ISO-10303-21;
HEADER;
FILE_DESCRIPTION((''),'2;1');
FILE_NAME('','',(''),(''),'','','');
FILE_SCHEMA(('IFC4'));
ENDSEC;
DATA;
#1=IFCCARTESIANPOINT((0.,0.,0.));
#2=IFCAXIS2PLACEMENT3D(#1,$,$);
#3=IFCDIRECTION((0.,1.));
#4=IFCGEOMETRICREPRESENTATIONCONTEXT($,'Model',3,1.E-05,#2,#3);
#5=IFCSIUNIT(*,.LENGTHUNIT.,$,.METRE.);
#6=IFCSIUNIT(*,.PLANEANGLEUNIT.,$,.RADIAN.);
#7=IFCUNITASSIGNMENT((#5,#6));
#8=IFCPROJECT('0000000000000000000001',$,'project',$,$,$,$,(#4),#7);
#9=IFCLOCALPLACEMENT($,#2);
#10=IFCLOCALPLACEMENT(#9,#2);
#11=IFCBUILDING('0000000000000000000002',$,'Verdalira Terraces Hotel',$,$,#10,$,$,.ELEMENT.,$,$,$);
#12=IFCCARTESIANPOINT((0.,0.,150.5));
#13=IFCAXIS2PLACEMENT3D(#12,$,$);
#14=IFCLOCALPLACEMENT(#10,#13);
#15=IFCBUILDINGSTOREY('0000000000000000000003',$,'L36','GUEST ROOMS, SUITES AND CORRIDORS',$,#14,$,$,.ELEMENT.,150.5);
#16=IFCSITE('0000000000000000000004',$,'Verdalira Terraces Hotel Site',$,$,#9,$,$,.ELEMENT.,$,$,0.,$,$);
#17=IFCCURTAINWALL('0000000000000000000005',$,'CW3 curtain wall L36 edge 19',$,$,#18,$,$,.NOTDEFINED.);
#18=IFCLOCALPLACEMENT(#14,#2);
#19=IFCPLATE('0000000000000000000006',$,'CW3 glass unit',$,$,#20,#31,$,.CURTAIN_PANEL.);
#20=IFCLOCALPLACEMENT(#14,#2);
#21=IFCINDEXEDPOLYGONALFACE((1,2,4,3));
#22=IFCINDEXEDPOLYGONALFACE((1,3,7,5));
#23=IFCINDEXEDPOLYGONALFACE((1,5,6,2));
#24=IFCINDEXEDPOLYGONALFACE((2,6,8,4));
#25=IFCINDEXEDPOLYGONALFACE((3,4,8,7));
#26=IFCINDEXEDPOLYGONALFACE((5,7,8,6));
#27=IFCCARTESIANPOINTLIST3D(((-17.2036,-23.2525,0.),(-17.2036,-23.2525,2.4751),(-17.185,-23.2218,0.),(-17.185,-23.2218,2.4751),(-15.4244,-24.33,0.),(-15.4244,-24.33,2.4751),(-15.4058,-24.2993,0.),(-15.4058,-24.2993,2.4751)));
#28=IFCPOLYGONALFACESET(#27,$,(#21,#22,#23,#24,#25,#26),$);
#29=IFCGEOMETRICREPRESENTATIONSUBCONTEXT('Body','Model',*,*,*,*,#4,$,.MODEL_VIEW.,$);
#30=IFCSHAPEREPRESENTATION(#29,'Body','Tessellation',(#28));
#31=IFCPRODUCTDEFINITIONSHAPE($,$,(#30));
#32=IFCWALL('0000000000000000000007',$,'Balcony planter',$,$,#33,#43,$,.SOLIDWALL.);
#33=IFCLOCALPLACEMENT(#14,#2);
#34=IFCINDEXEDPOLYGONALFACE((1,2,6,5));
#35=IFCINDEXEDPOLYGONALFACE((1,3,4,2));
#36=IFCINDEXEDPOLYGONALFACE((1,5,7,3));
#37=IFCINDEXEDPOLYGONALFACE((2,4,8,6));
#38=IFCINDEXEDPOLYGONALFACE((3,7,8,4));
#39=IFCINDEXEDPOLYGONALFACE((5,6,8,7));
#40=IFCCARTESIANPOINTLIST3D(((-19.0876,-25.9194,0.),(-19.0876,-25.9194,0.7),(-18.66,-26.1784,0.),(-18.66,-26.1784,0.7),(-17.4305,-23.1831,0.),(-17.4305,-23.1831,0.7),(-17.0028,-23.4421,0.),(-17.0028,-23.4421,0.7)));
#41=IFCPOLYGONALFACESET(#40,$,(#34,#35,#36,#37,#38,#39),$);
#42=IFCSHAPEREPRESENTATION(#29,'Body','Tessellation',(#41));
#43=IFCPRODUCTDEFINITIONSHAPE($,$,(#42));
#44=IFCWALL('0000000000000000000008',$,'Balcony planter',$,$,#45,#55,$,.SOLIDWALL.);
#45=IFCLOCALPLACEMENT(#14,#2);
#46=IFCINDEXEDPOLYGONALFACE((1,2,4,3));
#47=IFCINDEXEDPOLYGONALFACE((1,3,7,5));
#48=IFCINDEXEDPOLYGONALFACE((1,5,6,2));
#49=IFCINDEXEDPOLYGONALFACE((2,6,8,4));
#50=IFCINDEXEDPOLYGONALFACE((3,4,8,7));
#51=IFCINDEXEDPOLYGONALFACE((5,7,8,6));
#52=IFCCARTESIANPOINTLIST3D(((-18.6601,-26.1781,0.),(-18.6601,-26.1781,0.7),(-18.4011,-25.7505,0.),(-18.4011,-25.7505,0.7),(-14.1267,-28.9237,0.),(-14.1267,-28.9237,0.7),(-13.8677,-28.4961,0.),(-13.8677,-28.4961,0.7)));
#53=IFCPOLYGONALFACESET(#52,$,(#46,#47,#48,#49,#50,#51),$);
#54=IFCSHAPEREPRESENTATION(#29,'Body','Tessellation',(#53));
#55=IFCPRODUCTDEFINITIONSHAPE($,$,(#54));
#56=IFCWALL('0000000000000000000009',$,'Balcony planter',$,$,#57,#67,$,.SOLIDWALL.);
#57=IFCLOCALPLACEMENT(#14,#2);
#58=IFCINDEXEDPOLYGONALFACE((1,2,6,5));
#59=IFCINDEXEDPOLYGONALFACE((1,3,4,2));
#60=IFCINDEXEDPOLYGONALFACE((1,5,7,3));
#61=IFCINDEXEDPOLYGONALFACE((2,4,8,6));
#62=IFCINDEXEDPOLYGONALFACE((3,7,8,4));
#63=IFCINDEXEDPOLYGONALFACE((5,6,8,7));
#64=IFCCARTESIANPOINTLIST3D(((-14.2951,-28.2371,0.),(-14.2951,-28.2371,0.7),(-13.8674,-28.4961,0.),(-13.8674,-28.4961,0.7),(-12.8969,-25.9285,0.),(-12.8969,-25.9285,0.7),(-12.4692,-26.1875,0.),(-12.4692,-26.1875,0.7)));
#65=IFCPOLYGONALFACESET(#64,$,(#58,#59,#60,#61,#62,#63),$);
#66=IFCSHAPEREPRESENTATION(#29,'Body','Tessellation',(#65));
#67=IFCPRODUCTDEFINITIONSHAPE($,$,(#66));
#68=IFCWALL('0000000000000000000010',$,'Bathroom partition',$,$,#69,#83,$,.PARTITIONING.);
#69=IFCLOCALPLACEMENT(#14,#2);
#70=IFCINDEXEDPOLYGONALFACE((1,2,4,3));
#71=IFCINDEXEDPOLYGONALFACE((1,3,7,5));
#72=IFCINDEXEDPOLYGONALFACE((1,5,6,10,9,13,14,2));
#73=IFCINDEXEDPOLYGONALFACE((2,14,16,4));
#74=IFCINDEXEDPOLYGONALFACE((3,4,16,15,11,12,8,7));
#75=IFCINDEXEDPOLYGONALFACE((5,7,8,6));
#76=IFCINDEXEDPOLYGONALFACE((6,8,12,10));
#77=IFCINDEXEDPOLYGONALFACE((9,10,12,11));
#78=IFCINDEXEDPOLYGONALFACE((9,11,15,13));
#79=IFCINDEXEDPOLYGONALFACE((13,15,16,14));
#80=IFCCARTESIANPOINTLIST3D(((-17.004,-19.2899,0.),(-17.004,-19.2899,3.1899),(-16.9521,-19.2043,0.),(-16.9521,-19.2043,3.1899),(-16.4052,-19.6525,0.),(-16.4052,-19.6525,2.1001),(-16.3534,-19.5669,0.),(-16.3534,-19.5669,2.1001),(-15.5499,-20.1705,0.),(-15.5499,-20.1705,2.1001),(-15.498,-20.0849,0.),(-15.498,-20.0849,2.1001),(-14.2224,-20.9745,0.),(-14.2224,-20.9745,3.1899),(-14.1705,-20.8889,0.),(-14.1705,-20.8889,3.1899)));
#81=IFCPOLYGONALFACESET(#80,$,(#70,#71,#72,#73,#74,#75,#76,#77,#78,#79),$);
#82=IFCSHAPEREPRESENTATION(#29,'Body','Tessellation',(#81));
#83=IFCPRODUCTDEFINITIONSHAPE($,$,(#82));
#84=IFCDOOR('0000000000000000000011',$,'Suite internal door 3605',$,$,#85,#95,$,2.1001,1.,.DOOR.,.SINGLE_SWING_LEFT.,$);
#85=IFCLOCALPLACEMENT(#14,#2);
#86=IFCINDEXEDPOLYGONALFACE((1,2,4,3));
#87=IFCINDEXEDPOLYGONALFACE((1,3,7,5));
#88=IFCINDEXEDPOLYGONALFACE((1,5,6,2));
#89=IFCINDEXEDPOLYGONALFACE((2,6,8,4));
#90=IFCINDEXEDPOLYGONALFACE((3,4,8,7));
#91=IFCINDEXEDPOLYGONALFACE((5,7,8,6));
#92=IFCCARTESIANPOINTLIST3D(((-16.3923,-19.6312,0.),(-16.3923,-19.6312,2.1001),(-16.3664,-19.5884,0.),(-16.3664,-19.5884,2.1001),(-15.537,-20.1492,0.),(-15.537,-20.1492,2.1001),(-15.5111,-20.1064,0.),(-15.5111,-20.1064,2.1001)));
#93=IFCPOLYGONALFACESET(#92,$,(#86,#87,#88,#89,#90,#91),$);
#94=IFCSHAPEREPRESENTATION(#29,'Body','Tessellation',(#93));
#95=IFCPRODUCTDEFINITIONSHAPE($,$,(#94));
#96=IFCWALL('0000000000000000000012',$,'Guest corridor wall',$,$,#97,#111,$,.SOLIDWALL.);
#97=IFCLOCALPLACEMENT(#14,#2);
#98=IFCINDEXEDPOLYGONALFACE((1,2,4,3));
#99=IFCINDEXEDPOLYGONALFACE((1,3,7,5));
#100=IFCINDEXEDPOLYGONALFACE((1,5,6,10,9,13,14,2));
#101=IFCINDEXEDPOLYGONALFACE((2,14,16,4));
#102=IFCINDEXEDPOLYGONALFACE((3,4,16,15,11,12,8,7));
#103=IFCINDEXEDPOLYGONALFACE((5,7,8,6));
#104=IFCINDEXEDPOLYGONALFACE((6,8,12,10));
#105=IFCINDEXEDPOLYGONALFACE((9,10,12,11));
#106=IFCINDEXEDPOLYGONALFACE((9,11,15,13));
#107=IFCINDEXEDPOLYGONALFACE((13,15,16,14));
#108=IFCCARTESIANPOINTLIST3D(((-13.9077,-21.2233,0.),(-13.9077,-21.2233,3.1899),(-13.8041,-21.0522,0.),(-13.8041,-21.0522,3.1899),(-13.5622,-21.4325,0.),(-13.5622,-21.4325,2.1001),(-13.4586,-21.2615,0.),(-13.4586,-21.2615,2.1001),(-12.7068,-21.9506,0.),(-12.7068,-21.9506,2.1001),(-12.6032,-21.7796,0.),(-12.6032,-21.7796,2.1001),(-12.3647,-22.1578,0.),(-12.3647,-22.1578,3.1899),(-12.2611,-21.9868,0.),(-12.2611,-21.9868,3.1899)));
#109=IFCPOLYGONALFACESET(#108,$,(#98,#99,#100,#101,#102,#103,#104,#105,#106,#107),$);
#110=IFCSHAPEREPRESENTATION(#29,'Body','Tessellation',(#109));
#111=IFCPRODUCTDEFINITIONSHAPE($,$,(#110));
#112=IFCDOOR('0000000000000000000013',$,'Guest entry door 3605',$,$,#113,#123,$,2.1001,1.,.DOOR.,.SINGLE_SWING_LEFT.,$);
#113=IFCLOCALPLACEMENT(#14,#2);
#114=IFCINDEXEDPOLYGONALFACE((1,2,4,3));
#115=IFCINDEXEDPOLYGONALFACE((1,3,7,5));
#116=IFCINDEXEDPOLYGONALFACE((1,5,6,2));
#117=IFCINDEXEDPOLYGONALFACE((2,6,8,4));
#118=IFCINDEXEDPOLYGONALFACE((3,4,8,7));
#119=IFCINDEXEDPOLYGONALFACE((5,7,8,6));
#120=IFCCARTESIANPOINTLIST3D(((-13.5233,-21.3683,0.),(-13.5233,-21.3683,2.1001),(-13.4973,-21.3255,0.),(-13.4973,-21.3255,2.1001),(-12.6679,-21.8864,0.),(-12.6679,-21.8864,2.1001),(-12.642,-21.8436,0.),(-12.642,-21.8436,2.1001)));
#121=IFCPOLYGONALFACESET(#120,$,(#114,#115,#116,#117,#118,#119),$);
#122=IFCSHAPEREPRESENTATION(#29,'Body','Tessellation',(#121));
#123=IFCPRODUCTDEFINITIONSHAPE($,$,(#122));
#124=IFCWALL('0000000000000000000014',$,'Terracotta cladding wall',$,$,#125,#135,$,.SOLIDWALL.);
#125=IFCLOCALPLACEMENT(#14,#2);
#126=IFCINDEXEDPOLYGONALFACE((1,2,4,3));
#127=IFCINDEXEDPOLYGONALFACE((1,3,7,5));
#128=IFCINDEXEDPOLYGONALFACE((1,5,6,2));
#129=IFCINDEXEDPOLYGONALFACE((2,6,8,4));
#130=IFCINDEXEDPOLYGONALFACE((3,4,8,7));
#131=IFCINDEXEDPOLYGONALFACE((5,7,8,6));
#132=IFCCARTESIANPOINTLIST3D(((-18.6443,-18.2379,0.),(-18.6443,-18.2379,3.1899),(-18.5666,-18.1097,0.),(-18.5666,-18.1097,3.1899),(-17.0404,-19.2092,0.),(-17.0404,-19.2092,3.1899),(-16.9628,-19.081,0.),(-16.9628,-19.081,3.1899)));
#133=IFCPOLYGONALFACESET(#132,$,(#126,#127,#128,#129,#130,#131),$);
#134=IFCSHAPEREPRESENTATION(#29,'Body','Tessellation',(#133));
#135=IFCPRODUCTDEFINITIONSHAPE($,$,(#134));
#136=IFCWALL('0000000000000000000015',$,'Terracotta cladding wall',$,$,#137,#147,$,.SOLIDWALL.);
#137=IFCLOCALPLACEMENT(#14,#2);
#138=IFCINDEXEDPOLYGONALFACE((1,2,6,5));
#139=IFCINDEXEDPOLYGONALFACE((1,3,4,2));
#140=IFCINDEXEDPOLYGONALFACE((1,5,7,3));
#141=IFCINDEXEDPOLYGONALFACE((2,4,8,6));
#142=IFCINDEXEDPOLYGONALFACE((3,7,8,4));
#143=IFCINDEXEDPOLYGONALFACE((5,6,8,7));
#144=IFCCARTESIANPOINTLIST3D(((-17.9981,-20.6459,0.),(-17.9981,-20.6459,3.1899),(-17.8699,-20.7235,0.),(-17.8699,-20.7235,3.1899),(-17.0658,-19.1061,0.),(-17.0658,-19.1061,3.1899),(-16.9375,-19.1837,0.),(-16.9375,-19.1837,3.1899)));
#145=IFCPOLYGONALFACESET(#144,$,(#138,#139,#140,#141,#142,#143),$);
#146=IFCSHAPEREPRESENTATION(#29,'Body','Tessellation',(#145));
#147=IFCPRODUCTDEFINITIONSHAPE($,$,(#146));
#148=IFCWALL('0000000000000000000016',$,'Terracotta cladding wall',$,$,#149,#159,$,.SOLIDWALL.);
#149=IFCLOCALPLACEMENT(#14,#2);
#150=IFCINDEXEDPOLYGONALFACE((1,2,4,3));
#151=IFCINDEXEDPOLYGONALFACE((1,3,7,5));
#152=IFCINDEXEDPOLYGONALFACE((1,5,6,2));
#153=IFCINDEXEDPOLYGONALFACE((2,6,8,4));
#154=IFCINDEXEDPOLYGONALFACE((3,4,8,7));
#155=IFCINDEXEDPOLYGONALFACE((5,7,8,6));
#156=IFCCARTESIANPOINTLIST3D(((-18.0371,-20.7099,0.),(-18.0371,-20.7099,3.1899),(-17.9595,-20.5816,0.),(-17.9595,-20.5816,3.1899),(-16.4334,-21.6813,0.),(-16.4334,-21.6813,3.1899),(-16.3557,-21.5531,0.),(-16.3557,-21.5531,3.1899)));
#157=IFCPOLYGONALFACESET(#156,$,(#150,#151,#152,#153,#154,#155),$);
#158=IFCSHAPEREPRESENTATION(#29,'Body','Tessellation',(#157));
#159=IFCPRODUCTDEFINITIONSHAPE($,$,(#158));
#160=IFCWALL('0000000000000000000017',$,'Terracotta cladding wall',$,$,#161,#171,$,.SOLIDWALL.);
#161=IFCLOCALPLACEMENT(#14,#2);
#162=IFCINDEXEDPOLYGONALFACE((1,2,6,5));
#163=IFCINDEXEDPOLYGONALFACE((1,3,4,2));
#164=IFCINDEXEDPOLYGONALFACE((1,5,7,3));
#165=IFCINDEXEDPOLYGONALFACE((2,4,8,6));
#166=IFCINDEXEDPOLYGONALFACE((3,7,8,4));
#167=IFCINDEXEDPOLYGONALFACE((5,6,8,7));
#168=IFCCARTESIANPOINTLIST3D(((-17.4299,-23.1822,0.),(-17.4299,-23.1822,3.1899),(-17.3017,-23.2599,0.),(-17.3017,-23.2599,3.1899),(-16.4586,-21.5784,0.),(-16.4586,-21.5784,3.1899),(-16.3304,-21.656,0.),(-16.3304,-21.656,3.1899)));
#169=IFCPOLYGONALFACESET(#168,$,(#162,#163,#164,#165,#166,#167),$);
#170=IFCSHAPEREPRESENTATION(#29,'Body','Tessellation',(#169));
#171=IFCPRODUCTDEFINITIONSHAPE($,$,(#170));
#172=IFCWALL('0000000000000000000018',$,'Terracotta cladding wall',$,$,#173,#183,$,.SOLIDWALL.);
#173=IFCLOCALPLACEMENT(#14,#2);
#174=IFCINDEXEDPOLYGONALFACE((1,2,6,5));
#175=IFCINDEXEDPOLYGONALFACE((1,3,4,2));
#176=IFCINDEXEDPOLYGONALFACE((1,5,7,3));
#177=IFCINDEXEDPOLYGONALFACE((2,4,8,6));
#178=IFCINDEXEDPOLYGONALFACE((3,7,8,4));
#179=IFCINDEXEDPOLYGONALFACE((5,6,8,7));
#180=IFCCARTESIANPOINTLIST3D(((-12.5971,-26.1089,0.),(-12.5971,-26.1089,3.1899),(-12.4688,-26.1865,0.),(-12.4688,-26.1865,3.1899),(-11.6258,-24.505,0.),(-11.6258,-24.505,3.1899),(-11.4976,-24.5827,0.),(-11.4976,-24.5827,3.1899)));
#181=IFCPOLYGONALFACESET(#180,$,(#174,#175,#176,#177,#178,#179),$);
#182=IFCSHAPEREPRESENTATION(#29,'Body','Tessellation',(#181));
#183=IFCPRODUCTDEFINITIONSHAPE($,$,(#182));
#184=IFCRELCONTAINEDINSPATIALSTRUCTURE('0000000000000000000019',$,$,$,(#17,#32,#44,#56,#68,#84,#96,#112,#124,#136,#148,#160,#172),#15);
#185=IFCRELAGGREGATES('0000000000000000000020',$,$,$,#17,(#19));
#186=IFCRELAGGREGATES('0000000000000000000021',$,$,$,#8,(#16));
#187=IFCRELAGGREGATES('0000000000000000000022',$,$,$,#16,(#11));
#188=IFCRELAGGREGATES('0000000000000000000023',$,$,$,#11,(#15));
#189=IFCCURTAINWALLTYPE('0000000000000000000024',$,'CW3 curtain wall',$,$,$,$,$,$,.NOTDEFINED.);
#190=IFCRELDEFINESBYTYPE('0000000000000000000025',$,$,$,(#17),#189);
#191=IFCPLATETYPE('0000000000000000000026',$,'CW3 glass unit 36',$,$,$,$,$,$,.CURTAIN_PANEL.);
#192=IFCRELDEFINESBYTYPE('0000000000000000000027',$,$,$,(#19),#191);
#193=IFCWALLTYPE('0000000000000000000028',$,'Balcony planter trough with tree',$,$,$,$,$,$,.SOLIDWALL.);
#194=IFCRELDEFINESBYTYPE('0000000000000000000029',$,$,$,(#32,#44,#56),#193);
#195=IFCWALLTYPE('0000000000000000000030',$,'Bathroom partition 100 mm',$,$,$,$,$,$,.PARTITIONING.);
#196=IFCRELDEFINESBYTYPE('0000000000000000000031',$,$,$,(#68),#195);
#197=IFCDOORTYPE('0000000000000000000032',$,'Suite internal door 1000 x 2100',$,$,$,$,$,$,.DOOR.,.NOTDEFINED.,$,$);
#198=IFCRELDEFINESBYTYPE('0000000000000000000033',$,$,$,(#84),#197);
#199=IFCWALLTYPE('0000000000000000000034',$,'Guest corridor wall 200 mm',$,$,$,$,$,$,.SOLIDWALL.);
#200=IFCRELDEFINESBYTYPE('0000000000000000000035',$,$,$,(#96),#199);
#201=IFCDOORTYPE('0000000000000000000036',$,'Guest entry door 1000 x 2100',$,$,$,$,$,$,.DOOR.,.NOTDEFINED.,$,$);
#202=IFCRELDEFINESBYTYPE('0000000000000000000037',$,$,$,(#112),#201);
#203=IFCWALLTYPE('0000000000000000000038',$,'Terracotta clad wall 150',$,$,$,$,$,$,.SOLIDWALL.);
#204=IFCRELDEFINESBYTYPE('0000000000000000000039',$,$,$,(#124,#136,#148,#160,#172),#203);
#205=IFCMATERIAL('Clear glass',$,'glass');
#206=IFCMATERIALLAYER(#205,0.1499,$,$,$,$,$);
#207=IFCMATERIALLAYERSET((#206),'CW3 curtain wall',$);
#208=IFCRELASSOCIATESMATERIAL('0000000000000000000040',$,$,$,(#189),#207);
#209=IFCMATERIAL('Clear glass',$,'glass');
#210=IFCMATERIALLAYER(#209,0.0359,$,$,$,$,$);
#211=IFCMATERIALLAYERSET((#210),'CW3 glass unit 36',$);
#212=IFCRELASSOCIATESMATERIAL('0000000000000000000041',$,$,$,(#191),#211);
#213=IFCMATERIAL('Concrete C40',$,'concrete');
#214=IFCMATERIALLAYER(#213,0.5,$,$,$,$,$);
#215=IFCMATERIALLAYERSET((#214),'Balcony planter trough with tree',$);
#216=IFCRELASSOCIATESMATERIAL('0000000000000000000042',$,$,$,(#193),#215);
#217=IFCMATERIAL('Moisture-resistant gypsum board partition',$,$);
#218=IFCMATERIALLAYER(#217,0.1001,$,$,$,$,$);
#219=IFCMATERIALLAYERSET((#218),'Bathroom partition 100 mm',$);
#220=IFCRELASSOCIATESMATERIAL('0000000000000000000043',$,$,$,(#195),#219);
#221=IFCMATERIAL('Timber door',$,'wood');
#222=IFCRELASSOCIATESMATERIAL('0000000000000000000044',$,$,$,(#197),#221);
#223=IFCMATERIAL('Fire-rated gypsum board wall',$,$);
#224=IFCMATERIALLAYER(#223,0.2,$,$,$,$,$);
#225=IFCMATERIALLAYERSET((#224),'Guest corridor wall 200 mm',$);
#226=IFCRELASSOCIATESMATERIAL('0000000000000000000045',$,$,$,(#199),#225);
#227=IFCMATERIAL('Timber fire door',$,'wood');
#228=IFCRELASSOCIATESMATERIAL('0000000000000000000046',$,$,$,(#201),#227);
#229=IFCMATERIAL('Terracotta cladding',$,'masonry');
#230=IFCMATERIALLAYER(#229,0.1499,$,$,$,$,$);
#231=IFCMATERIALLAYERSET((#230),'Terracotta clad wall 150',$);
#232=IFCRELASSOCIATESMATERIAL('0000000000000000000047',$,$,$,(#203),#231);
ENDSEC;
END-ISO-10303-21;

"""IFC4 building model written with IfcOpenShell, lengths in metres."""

from ifc_helpers import new_model, si_unit, direction, frame, frame_2d, origin, origin_2d, place, context, subcontext, project, spatial, rectangle, extrude, material, layer, layer_set, type_object, element, fill, aggregate, save


model = new_model("IFC4")

# Units and contexts
model_context = context("Model", 3, precision=1e-05, world=origin(), true_north=direction((0.0, 1.0)))
body_context = subcontext(model_context, "Body", "Model", "MODEL_VIEW")
ifc_project = project(units=[si_unit("LENGTHUNIT", "METRE"), si_unit("PLANEANGLEUNIT", "RADIAN")], contexts=[model_context])

# Site, building, storey
site_placement = place(None, origin())
site = spatial("IfcSite", under=ifc_project, at=site_placement, Name="Verdalira Terraces Hotel Site", CompositionType="ELEMENT", RefElevation=0.0)
building_placement = place(site_placement, origin())
building = spatial("IfcBuilding", under=site, at=building_placement, Name="Verdalira Terraces Hotel", CompositionType="ELEMENT")
storey_placement = place(building_placement, frame((0.0, 0.0, 150.5)))
storey = spatial("IfcBuildingStorey", under=building, at=storey_placement, Name="L36", Description="GUEST ROOMS, SUITES AND CORRIDORS", CompositionType="ELEMENT", Elevation=150.5)

# Curtain wall
ifc_material_1 = material(Name="Clear glass", Category="glass")
ifc_layer_1 = layer(ifc_material_1, 0.1499)
ifc_layer_set_1 = layer_set([ifc_layer_1], Name="CW3 curtain wall")
curtain_wall_type_1 = type_object("IfcCurtainWallType", Name="CW3 curtain wall", PredefinedType="NOTDEFINED", material=ifc_layer_set_1)
curtain_wall_1_placement = place(storey_placement, origin())
curtain_wall_1 = element("IfcCurtainWall", 1, at=curtain_wall_1_placement, inside=storey, type_object=curtain_wall_type_1, Name="CW3 curtain wall L36 edge 19", PredefinedType="NOTDEFINED")

# Plate
ifc_material_2 = material(Name="Clear glass", Category="glass")
ifc_layer_2 = layer(ifc_material_2, 0.0359)
ifc_layer_set_2 = layer_set([ifc_layer_2], Name="CW3 glass unit 36")
plate_type = type_object("IfcPlateType", Name="CW3 glass unit 36", PredefinedType="CURTAIN_PANEL", material=ifc_layer_set_2)
plate_placement = place(storey_placement, frame((-16.3047, -23.7759, 0.0), z_axis=(0.0, 0.0, 1.0), x_axis=(0.855364, -0.518027, 0.0)))
plate = element("IfcPlate", 2, at=plate_placement, type_object=plate_type, Name="CW3 glass unit", PredefinedType="CURTAIN_PANEL", context=body_context, shape_type="SweptSolid", body=[
    extrude(rectangle(XDim=2.0801, YDim=0.0359, at=origin_2d()), origin(), (0.0, 0.0, 1.0), 2.4751),
])
aggregate(curtain_wall_1, [plate])

# Walls
ifc_material_3 = material(Name="Concrete C40", Category="concrete")
ifc_layer_3 = layer(ifc_material_3, 0.5)
ifc_layer_set_3 = layer_set([ifc_layer_3], Name="Balcony planter trough with tree")
wall_type_1 = type_object("IfcWallType", Name="Balcony planter trough with tree", PredefinedType="SOLIDWALL", material=ifc_layer_set_3)
wall_1_placement = place(storey_placement, frame((-17.2166, -23.3125, 0.0), z_axis=(0.0, 0.0, 1.0), x_axis=(-0.518038, -0.855358, 0.0)))
element("IfcWall", 3, at=wall_1_placement, inside=storey, type_object=wall_type_1, Name="Balcony planter", PredefinedType="SOLIDWALL", context=body_context, shape_type="SweptSolid", body=[
    extrude(rectangle(XDim=3.199, YDim=0.5, at=frame_2d((1.5996, 0.0))), origin(), (0.0, 0.0, 1.0), 0.7),
])
wall_2_placement = place(storey_placement, frame((-18.5305, -25.9644, 0.0), z_axis=(0.0, 0.0, 1.0), x_axis=(0.85536, -0.518034, 0.0)))
element("IfcWall", 4, at=wall_2_placement, inside=storey, type_object=wall_type_1, Name="Balcony planter", PredefinedType="SOLIDWALL", context=body_context, shape_type="SweptSolid", body=[
    extrude(rectangle(XDim=5.3, YDim=0.5, at=frame_2d((2.6499, 0.0))), origin(), (0.0, 0.0, 1.0), 0.7),
])
wall_3_placement = place(storey_placement, frame((-14.0813, -28.3667, 0.0), z_axis=(0.0, 0.0, 1.0), x_axis=(0.518043, 0.855355, 0.0)))
element("IfcWall", 5, at=wall_3_placement, inside=storey, type_object=wall_type_1, Name="Balcony planter", PredefinedType="SOLIDWALL", context=body_context, shape_type="SweptSolid", body=[
    extrude(rectangle(XDim=2.699, YDim=0.5, at=frame_2d((1.3496, 0.0))), origin(), (0.0, 0.0, 1.0), 0.7),
])

# Walls, openings, doors
ifc_material_4 = material(Name="Moisture-resistant gypsum board partition")
ifc_layer_4 = layer(ifc_material_4, 0.1001)
ifc_layer_set_4 = layer_set([ifc_layer_4], Name="Bathroom partition 100 mm")
wall_type_2 = type_object("IfcWallType", Name="Bathroom partition 100 mm", PredefinedType="PARTITIONING", material=ifc_layer_set_4)
wall_4_placement = place(storey_placement, frame((-16.978, -19.2471, 0.0), z_axis=(0.0, 0.0, 1.0), x_axis=(0.855359, -0.518035, 0.0)))
wall_4 = element("IfcWall", 6, at=wall_4_placement, inside=storey, type_object=wall_type_2, Name="Bathroom partition", PredefinedType="PARTITIONING", context=body_context, shape_type="SweptSolid", body=[
    extrude(rectangle(XDim=3.252, YDim=0.1001, at=frame_2d((1.626, 0.0))), origin(), (0.0, 0.0, 1.0), 3.1899),
])
opening_1_placement = place(wall_4_placement, frame((0.7, 0.0, 0.0)))
opening_1 = element("IfcOpeningElement", 7, at=opening_1_placement, cuts=wall_4, PredefinedType="OPENING", context=body_context, shape_type="SweptSolid", body=[
    extrude(rectangle(XDim=1.0, YDim=2.1001, at=frame_2d((0.5, 1.05))), frame((0.0, 0.0601, 0.0), z_axis=(0.0, -1.0, 0.0), x_axis=(1.0, 0.0, 0.0)), (0.0, 0.0, 1.0), 0.1201),
])
ifc_material_5 = material(Name="Timber door", Category="wood")
door_type_1 = type_object("IfcDoorType", Name="Suite internal door 1000 x 2100", OperationType="NOTDEFINED", PredefinedType="DOOR", material=ifc_material_5)
door_1_placement = place(opening_1_placement, origin())
door_1 = element("IfcDoor", 8, at=door_1_placement, inside=storey, type_object=door_type_1, Name="Suite internal door 3605", OperationType="SINGLE_SWING_LEFT", OverallHeight=2.1001, OverallWidth=1.0, PredefinedType="DOOR", context=body_context, shape_type="SweptSolid", body=[
    extrude(rectangle(XDim=1.0, YDim=2.1001, at=frame_2d((0.5, 1.05))), frame((0.0, 0.0249, 0.0), z_axis=(0.0, -1.0, 0.0), x_axis=(1.0, 0.0, 0.0)), (0.0, 0.0, 1.0), 0.05),
])
fill(opening_1, door_1)
ifc_material_6 = material(Name="Fire-rated gypsum board wall")
ifc_layer_5 = layer(ifc_material_6, 0.2)
ifc_layer_set_5 = layer_set([ifc_layer_5], Name="Guest corridor wall 200 mm")
wall_type_3 = type_object("IfcWallType", Name="Guest corridor wall 200 mm", PredefinedType="SOLIDWALL", material=ifc_layer_set_5)
wall_5_placement = place(storey_placement, frame((-12.313, -22.0723, 0.0), z_axis=(0.0, 0.0, 1.0), x_axis=(-0.855336, 0.518074, 0.0)))
wall_5 = element("IfcWall", 9, at=wall_5_placement, inside=storey, type_object=wall_type_3, Name="Guest corridor wall", PredefinedType="SOLIDWALL", context=body_context, shape_type="SweptSolid", body=[
    extrude(rectangle(XDim=1.804, YDim=0.2, at=frame_2d((0.9019, 0.0))), origin(), (0.0, 0.0, 1.0), 3.1899),
])
opening_2_placement = place(wall_5_placement, frame((0.3999, 0.0, 0.0)))
opening_2 = element("IfcOpeningElement", 10, at=opening_2_placement, cuts=wall_5, PredefinedType="OPENING", context=body_context, shape_type="SweptSolid", body=[
    extrude(rectangle(XDim=1.0, YDim=2.1001, at=frame_2d((0.5, 1.05))), frame((0.0, 0.1099, 0.0), z_axis=(0.0, -1.0, 0.0), x_axis=(1.0, 0.0, 0.0)), (0.0, 0.0, 1.0), 0.22),
])
ifc_material_7 = material(Name="Timber fire door", Category="wood")
door_type_2 = type_object("IfcDoorType", Name="Guest entry door 1000 x 2100", OperationType="NOTDEFINED", PredefinedType="DOOR", material=ifc_material_7)
door_2_placement = place(opening_2_placement, origin())
door_2 = element("IfcDoor", 11, at=door_2_placement, inside=storey, type_object=door_type_2, Name="Guest entry door 3605", OperationType="SINGLE_SWING_LEFT", OverallHeight=2.1001, OverallWidth=1.0, PredefinedType="DOOR", context=body_context, shape_type="SweptSolid", body=[
    extrude(rectangle(XDim=1.0, YDim=2.1001, at=frame_2d((0.5, 1.05))), frame((0.0, 0.0249, 0.0), z_axis=(0.0, -1.0, 0.0), x_axis=(1.0, 0.0, 0.0)), (0.0, 0.0, 1.0), 0.05),
])
fill(opening_2, door_2)

# Walls
ifc_material_8 = material(Name="Terracotta cladding", Category="masonry")
ifc_layer_6 = layer(ifc_material_8, 0.1499)
ifc_layer_set_6 = layer_set([ifc_layer_6], Name="Terracotta clad wall 150")
wall_type_4 = type_object("IfcWallType", Name="Terracotta clad wall 150", PredefinedType="SOLIDWALL", material=ifc_layer_set_6)
wall_6_placement = place(storey_placement, frame((-18.6055, -18.1738, 0.0), z_axis=(0.0, 0.0, 1.0), x_axis=(0.855383, -0.517996, 0.0)))
element("IfcWall", 12, at=wall_6_placement, inside=storey, type_object=wall_type_4, Name="Terracotta cladding wall", PredefinedType="SOLIDWALL", context=body_context, shape_type="SweptSolid", body=[
    extrude(rectangle(XDim=1.875, YDim=0.1499, at=frame_2d((0.9375, 0.0))), origin(), (0.0, 0.0, 1.0), 3.1899),
])
wall_7_placement = place(storey_placement, frame((-17.0017, -19.145, 0.0), z_axis=(0.0, 0.0, 1.0), x_axis=(-0.517962, -0.855404, 0.0)))
element("IfcWall", 13, at=wall_7_placement, inside=storey, type_object=wall_type_4, Name="Terracotta cladding wall", PredefinedType="SOLIDWALL", context=body_context, shape_type="SweptSolid", body=[
    extrude(rectangle(XDim=1.8, YDim=0.1499, at=frame_2d((0.8999, 0.0))), origin(), (0.0, 0.0, 1.0), 3.1899),
])
for number, where, z_axis, x_axis, name in (
    (14, (-17.9983, -20.6458, 0.0), (0.0, 0.0, 1.0), (0.855325, -0.518091, 0.0), "Terracotta cladding wall"),
    (15, (-16.3945, -21.6172, 0.0), (0.0, 0.0, 1.0), (-0.517996, -0.855383, 0.0), "Terracotta cladding wall"),
    (16, (-12.533, -26.1477, 0.0), (0.0, 0.0, 1.0), (0.517996, 0.855383, 0.0), "Terracotta cladding wall"),
):
    element("IfcWall", number, at=place(storey_placement, frame(where, z_axis=z_axis, x_axis=x_axis)), inside=storey, type_object=wall_type_4, Name=name, PredefinedType="SOLIDWALL", context=body_context, shape_type="SweptSolid", body=[
        extrude(rectangle(XDim=1.875, YDim=0.1499, at=frame_2d((0.9375, 0.0))), origin(), (0.0, 0.0, 1.0), 3.1899),
    ])

save(model, "model.ifc")
